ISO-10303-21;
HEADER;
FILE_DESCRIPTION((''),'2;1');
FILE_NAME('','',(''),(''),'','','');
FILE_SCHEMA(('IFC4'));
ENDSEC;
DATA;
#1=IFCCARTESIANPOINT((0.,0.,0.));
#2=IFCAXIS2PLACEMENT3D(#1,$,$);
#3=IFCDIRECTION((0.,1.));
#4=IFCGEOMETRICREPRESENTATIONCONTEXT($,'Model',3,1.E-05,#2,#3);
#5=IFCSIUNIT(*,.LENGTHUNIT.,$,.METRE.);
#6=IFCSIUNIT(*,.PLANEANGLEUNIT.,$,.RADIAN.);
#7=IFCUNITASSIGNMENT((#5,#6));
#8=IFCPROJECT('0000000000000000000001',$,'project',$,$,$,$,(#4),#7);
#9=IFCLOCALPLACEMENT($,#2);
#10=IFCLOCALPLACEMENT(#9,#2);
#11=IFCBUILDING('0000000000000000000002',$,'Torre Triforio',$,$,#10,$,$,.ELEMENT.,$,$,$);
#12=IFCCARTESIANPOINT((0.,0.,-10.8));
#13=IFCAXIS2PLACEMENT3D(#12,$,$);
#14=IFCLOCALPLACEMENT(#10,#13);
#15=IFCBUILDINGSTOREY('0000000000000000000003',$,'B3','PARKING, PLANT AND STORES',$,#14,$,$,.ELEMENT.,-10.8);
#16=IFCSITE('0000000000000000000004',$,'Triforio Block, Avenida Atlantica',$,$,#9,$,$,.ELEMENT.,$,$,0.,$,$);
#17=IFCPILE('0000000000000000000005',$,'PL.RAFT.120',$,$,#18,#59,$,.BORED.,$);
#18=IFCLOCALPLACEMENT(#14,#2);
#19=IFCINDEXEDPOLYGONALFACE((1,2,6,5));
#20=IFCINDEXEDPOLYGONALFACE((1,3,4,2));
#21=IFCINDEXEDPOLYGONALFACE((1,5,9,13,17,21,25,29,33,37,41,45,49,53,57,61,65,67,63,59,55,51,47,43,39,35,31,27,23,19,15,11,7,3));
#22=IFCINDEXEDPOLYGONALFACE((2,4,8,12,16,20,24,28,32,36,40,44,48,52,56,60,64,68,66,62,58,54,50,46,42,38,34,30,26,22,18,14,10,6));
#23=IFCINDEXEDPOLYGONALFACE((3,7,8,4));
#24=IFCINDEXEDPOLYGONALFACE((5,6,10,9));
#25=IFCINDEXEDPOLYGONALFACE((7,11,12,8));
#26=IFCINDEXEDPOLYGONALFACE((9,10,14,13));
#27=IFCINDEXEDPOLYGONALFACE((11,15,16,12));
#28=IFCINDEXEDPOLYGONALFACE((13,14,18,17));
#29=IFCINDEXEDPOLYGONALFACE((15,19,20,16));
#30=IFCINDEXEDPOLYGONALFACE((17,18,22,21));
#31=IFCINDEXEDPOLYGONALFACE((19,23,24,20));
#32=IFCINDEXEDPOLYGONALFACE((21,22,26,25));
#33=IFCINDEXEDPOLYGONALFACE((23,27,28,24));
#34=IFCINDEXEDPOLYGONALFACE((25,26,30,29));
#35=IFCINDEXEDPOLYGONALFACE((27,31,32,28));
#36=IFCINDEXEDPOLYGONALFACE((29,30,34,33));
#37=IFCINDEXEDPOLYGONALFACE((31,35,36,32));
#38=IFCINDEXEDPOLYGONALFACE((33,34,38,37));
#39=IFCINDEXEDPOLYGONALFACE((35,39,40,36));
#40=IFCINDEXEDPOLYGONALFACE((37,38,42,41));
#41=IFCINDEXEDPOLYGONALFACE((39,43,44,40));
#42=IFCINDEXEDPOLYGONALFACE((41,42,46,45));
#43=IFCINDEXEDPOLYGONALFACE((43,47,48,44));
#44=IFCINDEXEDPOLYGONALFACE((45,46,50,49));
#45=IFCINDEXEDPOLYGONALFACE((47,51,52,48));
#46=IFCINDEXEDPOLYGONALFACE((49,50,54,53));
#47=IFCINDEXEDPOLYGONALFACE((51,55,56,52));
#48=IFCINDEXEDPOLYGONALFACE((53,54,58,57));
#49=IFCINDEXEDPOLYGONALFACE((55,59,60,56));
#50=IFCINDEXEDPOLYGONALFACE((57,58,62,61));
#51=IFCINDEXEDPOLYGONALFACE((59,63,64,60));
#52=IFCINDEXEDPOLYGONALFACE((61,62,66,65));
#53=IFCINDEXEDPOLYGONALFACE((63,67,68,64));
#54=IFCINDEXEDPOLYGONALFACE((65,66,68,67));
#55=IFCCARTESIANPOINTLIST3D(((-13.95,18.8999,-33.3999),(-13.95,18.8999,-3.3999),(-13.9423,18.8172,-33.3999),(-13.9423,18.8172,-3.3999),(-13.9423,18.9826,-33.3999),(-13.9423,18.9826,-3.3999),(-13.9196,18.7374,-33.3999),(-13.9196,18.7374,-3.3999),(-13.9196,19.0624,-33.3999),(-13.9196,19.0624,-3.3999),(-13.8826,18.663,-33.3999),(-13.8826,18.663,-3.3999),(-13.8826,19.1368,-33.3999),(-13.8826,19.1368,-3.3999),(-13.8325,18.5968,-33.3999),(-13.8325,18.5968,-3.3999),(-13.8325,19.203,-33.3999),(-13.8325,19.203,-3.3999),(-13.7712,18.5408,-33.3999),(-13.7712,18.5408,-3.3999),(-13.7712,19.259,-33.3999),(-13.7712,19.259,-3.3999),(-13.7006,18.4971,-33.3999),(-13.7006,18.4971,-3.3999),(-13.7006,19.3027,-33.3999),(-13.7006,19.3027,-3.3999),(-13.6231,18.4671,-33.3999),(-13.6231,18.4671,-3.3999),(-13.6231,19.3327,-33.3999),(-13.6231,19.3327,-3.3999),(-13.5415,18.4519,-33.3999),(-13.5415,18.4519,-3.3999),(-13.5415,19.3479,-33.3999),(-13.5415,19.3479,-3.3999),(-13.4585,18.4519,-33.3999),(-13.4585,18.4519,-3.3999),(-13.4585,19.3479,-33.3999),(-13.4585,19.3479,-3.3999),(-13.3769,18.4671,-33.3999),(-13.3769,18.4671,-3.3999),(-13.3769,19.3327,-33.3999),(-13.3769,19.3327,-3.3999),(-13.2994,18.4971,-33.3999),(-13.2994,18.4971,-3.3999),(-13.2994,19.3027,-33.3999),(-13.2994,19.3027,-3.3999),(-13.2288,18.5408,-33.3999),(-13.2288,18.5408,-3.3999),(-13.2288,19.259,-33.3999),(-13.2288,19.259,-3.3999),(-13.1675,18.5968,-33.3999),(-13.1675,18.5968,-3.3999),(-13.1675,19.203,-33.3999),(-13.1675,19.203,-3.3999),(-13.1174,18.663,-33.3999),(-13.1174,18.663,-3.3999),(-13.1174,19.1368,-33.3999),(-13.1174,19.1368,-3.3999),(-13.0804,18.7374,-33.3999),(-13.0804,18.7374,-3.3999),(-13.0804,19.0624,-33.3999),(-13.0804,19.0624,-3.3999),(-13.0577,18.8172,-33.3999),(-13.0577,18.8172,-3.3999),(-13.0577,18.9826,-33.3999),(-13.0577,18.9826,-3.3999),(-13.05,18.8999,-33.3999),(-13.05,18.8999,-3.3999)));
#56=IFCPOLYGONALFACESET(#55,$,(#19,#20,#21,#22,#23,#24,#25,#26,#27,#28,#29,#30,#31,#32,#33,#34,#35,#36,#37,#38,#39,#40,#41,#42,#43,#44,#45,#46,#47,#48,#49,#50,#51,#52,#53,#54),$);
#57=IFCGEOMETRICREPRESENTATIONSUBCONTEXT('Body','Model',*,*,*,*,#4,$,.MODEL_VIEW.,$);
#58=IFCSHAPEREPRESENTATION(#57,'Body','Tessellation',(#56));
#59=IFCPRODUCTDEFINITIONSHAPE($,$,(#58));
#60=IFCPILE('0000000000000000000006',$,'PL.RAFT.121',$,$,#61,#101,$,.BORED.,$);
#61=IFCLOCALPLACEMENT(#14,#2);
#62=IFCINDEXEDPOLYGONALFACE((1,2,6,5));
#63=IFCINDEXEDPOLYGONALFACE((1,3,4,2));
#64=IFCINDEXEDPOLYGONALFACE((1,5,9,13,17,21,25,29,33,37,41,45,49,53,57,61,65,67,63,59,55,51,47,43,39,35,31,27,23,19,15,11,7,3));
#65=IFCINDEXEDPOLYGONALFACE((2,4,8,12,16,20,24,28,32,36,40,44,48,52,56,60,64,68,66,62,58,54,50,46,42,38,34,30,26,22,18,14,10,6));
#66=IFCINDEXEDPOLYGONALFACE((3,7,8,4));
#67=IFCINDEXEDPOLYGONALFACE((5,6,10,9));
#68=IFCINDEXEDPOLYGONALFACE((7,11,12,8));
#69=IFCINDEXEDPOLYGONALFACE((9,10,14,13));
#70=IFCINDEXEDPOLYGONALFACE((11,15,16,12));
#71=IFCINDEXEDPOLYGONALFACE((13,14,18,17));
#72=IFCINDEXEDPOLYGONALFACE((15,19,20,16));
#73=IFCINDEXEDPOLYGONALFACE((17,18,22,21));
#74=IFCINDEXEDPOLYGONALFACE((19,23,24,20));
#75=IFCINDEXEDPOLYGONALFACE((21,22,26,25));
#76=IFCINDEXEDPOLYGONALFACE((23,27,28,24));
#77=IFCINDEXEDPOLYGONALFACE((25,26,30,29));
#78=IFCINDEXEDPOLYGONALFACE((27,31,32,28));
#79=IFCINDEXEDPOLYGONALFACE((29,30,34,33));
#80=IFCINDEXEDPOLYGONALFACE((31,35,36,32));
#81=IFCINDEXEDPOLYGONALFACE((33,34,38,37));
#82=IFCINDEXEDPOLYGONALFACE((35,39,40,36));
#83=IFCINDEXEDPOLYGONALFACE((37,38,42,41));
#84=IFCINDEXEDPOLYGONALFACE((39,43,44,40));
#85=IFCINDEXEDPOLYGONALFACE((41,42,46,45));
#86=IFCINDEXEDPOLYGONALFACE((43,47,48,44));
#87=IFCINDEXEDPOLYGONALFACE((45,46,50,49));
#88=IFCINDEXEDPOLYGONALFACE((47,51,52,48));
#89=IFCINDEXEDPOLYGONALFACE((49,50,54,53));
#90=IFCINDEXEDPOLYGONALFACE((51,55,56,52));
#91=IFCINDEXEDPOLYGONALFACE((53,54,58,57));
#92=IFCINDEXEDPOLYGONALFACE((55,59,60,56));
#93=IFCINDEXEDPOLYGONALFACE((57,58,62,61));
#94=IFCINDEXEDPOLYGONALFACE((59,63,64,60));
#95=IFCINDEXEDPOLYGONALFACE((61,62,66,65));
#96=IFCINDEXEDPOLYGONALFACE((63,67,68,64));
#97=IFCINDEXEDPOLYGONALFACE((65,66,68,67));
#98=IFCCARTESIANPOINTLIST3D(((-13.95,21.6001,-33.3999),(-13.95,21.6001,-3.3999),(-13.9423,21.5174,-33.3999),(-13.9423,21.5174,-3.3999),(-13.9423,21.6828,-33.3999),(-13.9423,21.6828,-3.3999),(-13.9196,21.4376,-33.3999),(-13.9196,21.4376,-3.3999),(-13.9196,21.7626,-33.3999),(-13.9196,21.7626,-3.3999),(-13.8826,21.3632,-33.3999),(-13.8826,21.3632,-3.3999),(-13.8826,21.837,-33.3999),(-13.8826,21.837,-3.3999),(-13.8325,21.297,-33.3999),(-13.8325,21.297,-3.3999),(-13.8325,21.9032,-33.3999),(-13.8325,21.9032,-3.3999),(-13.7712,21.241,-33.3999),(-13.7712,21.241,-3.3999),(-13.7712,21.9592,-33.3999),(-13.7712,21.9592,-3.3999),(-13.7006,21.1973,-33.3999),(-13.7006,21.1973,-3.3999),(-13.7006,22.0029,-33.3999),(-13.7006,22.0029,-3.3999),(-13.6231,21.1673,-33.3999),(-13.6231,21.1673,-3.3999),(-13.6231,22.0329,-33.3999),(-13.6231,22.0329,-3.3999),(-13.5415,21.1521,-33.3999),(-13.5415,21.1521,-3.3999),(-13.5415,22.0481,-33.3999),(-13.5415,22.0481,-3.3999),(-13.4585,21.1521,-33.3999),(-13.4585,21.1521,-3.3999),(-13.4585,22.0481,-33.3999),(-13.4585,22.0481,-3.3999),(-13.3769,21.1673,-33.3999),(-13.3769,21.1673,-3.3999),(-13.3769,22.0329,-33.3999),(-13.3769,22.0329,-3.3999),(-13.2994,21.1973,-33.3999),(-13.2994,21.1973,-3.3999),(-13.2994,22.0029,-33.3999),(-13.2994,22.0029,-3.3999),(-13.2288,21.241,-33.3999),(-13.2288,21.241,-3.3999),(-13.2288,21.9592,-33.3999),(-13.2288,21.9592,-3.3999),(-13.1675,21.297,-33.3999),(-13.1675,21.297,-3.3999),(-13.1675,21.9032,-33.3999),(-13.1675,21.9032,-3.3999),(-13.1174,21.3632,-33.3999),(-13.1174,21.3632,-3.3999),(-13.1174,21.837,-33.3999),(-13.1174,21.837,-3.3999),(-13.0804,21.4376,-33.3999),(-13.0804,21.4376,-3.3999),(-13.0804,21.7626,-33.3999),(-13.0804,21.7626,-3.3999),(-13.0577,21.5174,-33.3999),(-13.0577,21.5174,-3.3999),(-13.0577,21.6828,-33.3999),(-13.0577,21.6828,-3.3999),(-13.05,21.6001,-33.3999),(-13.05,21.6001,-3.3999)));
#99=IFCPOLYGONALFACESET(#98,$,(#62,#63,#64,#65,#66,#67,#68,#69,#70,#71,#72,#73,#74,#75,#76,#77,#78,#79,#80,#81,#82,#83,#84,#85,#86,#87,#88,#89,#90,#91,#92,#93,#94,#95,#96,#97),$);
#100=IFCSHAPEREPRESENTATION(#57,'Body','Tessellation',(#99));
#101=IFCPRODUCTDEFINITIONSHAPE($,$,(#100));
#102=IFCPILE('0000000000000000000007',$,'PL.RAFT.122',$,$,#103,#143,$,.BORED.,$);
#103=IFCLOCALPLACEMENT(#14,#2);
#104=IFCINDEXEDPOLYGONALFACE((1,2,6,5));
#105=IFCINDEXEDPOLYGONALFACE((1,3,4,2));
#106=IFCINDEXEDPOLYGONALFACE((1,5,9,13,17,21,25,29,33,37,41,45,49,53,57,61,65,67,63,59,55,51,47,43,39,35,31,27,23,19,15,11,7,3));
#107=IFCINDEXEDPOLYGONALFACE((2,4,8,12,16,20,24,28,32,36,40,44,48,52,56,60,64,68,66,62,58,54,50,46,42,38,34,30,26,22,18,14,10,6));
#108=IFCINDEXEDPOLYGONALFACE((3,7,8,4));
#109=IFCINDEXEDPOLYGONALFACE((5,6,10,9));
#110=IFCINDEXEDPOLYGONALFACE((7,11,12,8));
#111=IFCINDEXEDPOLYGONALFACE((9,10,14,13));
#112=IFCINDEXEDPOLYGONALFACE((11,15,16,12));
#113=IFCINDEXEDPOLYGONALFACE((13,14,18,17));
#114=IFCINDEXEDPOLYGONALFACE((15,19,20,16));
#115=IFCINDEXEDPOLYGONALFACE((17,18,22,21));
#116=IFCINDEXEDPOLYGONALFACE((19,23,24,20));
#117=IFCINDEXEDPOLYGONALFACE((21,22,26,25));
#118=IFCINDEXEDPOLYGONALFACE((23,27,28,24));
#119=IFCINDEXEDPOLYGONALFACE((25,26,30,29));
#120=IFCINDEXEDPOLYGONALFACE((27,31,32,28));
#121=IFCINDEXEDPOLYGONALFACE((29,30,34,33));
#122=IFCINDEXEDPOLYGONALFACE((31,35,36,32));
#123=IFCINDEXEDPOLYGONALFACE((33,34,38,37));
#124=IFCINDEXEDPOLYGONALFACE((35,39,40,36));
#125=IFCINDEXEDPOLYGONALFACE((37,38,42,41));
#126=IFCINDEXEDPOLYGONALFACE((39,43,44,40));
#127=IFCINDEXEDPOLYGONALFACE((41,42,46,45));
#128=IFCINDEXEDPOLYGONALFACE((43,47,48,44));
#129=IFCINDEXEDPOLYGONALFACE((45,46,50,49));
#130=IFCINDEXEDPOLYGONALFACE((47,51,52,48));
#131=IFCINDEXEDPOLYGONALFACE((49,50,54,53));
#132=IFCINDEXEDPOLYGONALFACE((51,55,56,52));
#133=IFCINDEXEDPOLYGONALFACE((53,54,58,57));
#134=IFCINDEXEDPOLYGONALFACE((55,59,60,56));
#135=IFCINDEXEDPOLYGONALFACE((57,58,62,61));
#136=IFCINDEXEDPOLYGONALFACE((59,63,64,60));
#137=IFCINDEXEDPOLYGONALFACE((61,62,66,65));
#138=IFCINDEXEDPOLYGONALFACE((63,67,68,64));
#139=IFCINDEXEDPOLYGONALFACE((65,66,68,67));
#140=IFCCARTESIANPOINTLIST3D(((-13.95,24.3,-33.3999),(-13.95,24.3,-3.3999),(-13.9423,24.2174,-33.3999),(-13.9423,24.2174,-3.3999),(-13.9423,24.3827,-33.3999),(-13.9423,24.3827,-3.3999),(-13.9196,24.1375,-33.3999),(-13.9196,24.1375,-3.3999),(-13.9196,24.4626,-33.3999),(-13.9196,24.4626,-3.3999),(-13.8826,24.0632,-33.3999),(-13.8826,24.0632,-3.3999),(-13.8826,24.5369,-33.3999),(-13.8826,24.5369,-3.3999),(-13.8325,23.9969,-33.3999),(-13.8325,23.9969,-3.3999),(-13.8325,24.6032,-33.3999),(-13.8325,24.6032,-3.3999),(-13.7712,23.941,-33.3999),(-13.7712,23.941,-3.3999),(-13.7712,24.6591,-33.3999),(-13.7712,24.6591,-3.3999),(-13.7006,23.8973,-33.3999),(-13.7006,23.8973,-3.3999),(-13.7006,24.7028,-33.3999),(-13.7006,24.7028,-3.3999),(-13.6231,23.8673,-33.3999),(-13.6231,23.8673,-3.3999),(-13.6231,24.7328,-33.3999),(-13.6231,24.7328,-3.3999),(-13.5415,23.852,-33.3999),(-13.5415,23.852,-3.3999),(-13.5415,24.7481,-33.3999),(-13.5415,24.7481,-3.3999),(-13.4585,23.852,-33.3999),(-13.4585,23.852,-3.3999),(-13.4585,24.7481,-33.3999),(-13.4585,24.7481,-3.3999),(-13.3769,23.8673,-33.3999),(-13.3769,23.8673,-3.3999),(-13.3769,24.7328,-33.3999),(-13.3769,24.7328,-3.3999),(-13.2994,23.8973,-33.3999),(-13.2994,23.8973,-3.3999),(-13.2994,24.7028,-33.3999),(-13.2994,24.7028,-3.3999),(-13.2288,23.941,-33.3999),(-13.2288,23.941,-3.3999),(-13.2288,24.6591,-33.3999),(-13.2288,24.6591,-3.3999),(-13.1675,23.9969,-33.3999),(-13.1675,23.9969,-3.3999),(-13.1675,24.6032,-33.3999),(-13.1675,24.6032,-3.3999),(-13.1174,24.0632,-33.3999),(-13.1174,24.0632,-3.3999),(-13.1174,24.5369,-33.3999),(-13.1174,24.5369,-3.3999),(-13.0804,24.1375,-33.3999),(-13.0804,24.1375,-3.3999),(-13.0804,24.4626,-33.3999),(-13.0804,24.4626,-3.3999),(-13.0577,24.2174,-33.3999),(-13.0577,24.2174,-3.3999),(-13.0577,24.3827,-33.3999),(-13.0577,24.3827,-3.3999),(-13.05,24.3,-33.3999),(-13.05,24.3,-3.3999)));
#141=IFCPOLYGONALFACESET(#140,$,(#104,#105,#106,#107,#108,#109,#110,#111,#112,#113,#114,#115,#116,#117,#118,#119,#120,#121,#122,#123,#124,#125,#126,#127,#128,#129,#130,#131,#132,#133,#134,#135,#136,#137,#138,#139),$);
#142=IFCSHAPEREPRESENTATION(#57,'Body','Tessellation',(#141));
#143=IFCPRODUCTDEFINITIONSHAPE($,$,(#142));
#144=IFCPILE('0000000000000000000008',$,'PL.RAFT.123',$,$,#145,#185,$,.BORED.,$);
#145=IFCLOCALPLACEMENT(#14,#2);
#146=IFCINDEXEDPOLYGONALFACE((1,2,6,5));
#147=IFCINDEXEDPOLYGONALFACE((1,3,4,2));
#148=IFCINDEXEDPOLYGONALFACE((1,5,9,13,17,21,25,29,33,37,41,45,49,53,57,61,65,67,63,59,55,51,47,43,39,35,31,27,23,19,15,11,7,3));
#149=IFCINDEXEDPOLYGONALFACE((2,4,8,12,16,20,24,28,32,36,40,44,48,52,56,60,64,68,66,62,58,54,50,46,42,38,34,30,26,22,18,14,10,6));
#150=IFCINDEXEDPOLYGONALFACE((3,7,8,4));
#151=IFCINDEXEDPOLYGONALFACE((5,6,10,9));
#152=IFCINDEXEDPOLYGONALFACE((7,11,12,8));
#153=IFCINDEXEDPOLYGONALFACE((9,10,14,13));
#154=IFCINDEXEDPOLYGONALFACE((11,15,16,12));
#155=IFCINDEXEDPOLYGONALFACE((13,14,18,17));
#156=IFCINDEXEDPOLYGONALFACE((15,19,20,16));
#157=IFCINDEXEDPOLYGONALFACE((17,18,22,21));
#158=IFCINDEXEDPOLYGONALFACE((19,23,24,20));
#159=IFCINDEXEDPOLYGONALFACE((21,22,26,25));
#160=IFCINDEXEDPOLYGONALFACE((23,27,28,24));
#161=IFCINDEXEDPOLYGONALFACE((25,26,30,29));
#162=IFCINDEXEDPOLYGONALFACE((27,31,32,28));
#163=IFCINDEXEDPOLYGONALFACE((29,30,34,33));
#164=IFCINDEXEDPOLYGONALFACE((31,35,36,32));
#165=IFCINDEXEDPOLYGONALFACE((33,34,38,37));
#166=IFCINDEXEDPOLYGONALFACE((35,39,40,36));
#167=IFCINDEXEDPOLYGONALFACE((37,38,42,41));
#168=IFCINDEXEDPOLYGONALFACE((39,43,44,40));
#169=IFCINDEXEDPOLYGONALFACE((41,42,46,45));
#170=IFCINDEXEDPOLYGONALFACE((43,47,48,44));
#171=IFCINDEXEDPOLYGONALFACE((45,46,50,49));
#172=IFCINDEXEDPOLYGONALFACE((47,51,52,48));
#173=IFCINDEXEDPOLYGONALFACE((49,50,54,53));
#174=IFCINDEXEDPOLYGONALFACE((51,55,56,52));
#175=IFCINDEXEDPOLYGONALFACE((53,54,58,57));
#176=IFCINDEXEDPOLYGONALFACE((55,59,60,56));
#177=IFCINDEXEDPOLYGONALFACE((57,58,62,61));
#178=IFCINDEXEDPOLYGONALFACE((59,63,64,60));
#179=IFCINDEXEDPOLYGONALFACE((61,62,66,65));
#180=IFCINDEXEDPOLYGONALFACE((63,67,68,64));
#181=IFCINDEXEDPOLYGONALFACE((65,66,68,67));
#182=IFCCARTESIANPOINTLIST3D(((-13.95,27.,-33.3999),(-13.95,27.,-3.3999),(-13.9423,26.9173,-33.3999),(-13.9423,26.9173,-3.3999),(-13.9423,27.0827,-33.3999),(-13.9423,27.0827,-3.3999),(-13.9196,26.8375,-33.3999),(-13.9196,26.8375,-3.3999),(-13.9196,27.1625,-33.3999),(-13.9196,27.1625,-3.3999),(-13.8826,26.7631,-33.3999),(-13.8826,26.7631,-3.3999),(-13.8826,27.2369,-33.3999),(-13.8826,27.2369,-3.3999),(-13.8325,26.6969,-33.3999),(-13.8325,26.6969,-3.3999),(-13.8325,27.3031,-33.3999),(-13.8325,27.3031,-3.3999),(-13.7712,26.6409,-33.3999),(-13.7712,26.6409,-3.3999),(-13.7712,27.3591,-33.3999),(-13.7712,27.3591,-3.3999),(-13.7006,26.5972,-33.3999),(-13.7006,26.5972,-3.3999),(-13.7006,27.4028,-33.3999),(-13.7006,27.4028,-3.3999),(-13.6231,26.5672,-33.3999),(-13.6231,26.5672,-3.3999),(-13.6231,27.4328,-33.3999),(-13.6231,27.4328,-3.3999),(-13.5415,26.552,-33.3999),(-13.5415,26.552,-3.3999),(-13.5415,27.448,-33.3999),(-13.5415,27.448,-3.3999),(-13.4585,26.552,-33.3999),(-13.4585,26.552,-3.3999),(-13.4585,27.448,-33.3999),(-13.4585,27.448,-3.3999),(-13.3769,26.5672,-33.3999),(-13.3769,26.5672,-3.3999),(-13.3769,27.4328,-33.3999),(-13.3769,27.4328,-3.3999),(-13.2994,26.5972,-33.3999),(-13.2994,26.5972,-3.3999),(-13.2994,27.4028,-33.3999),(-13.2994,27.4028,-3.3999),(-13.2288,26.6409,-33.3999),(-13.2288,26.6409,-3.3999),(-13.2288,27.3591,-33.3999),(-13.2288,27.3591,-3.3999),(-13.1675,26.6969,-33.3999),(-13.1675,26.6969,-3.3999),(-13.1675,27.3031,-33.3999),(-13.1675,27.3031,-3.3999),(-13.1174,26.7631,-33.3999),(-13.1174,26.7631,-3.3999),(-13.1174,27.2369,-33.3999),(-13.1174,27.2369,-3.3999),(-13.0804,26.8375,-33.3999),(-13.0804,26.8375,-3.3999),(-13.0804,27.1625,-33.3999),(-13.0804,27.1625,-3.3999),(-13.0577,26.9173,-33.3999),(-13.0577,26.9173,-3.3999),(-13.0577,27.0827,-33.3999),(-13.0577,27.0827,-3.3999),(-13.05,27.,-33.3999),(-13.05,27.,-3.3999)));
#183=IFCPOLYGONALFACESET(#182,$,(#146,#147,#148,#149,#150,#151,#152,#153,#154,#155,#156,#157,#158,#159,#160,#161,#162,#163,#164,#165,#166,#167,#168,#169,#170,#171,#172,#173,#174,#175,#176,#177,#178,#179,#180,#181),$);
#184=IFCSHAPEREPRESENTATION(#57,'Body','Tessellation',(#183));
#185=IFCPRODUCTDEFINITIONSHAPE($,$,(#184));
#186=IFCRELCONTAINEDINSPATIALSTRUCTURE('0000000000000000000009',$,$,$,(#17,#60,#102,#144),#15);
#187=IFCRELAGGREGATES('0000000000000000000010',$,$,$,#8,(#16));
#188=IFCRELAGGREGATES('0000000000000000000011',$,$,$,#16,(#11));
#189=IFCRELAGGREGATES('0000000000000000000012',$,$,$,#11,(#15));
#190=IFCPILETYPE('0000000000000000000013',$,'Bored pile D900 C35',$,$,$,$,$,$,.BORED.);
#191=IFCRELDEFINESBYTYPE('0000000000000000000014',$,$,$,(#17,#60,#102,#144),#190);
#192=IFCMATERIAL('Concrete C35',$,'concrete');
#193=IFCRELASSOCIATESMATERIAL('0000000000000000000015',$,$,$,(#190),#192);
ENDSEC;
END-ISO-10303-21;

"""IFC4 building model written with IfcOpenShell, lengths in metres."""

from ifc_helpers import new_model, si_unit, direction, frame, origin, origin_2d, place, context, subcontext, project, spatial, circle, extrude, material, material_profile, profile_set, type_object, element, save


model = new_model("IFC4")

# Units and contexts
model_context = context("Model", 3, precision=1e-05, world=origin(), true_north=direction((0.0, 1.0)))
body_context = subcontext(model_context, "Body", "Model", "MODEL_VIEW")
ifc_project = project(units=[si_unit("LENGTHUNIT", "METRE"), si_unit("PLANEANGLEUNIT", "RADIAN")], contexts=[model_context])

# Site, building, storey
site_placement = place(None, origin())
site = spatial("IfcSite", under=ifc_project, at=site_placement, Name="Triforio Block, Avenida Atlantica", CompositionType="ELEMENT", RefElevation=0.0)
building_placement = place(site_placement, origin())
building = spatial("IfcBuilding", under=site, at=building_placement, Name="Torre Triforio", CompositionType="ELEMENT")
storey_placement = place(building_placement, frame((0.0, 0.0, -10.8)))
storey = spatial("IfcBuildingStorey", under=building, at=storey_placement, Name="B3", Description="PARKING, PLANT AND STORES", CompositionType="ELEMENT", Elevation=-10.8)

# Piles
ifc_material_1 = material(Name="Concrete C35", Category="concrete")
ifc_material_profile_1 = material_profile(ifc_material_1, circle(Radius=0.45, at=origin_2d()), Name="RC D900")
ifc_profile_set_1 = profile_set([ifc_material_profile_1], Name="Concrete C35")
pile_type = type_object("IfcPileType", Name="Bored pile D900 C35", PredefinedType="BORED", material=ifc_profile_set_1)
for number, where, z_axis, x_axis, name in (
    (1, (-13.5, 18.8999, -3.3999), (0.0, 0.0, -1.0), (1.0, 0.0, 0.0), "PL.RAFT.120"),
    (2, (-13.5, 21.6001, -3.3999), (0.0, 0.0, -1.0), (1.0, 0.0, 0.0), "PL.RAFT.121"),
    (3, (-13.5, 24.3, -3.3999), (0.0, 0.0, -1.0), (1.0, 0.0, 0.0), "PL.RAFT.122"),
    (4, (-13.5, 27.0, -3.3999), (0.0, 0.0, -1.0), (1.0, 0.0, 0.0), "PL.RAFT.123"),
):
    element("IfcPile", number, at=place(storey_placement, frame(where, z_axis=z_axis, x_axis=x_axis)), inside=storey, type_object=pile_type, Name=name, PredefinedType="BORED", context=body_context, shape_type="SweptSolid", body=[
        extrude(circle(Radius=0.45, at=origin_2d()), origin(), (0.0, 0.0, 1.0), 30.0),
    ])

save(model, "model.ifc")
